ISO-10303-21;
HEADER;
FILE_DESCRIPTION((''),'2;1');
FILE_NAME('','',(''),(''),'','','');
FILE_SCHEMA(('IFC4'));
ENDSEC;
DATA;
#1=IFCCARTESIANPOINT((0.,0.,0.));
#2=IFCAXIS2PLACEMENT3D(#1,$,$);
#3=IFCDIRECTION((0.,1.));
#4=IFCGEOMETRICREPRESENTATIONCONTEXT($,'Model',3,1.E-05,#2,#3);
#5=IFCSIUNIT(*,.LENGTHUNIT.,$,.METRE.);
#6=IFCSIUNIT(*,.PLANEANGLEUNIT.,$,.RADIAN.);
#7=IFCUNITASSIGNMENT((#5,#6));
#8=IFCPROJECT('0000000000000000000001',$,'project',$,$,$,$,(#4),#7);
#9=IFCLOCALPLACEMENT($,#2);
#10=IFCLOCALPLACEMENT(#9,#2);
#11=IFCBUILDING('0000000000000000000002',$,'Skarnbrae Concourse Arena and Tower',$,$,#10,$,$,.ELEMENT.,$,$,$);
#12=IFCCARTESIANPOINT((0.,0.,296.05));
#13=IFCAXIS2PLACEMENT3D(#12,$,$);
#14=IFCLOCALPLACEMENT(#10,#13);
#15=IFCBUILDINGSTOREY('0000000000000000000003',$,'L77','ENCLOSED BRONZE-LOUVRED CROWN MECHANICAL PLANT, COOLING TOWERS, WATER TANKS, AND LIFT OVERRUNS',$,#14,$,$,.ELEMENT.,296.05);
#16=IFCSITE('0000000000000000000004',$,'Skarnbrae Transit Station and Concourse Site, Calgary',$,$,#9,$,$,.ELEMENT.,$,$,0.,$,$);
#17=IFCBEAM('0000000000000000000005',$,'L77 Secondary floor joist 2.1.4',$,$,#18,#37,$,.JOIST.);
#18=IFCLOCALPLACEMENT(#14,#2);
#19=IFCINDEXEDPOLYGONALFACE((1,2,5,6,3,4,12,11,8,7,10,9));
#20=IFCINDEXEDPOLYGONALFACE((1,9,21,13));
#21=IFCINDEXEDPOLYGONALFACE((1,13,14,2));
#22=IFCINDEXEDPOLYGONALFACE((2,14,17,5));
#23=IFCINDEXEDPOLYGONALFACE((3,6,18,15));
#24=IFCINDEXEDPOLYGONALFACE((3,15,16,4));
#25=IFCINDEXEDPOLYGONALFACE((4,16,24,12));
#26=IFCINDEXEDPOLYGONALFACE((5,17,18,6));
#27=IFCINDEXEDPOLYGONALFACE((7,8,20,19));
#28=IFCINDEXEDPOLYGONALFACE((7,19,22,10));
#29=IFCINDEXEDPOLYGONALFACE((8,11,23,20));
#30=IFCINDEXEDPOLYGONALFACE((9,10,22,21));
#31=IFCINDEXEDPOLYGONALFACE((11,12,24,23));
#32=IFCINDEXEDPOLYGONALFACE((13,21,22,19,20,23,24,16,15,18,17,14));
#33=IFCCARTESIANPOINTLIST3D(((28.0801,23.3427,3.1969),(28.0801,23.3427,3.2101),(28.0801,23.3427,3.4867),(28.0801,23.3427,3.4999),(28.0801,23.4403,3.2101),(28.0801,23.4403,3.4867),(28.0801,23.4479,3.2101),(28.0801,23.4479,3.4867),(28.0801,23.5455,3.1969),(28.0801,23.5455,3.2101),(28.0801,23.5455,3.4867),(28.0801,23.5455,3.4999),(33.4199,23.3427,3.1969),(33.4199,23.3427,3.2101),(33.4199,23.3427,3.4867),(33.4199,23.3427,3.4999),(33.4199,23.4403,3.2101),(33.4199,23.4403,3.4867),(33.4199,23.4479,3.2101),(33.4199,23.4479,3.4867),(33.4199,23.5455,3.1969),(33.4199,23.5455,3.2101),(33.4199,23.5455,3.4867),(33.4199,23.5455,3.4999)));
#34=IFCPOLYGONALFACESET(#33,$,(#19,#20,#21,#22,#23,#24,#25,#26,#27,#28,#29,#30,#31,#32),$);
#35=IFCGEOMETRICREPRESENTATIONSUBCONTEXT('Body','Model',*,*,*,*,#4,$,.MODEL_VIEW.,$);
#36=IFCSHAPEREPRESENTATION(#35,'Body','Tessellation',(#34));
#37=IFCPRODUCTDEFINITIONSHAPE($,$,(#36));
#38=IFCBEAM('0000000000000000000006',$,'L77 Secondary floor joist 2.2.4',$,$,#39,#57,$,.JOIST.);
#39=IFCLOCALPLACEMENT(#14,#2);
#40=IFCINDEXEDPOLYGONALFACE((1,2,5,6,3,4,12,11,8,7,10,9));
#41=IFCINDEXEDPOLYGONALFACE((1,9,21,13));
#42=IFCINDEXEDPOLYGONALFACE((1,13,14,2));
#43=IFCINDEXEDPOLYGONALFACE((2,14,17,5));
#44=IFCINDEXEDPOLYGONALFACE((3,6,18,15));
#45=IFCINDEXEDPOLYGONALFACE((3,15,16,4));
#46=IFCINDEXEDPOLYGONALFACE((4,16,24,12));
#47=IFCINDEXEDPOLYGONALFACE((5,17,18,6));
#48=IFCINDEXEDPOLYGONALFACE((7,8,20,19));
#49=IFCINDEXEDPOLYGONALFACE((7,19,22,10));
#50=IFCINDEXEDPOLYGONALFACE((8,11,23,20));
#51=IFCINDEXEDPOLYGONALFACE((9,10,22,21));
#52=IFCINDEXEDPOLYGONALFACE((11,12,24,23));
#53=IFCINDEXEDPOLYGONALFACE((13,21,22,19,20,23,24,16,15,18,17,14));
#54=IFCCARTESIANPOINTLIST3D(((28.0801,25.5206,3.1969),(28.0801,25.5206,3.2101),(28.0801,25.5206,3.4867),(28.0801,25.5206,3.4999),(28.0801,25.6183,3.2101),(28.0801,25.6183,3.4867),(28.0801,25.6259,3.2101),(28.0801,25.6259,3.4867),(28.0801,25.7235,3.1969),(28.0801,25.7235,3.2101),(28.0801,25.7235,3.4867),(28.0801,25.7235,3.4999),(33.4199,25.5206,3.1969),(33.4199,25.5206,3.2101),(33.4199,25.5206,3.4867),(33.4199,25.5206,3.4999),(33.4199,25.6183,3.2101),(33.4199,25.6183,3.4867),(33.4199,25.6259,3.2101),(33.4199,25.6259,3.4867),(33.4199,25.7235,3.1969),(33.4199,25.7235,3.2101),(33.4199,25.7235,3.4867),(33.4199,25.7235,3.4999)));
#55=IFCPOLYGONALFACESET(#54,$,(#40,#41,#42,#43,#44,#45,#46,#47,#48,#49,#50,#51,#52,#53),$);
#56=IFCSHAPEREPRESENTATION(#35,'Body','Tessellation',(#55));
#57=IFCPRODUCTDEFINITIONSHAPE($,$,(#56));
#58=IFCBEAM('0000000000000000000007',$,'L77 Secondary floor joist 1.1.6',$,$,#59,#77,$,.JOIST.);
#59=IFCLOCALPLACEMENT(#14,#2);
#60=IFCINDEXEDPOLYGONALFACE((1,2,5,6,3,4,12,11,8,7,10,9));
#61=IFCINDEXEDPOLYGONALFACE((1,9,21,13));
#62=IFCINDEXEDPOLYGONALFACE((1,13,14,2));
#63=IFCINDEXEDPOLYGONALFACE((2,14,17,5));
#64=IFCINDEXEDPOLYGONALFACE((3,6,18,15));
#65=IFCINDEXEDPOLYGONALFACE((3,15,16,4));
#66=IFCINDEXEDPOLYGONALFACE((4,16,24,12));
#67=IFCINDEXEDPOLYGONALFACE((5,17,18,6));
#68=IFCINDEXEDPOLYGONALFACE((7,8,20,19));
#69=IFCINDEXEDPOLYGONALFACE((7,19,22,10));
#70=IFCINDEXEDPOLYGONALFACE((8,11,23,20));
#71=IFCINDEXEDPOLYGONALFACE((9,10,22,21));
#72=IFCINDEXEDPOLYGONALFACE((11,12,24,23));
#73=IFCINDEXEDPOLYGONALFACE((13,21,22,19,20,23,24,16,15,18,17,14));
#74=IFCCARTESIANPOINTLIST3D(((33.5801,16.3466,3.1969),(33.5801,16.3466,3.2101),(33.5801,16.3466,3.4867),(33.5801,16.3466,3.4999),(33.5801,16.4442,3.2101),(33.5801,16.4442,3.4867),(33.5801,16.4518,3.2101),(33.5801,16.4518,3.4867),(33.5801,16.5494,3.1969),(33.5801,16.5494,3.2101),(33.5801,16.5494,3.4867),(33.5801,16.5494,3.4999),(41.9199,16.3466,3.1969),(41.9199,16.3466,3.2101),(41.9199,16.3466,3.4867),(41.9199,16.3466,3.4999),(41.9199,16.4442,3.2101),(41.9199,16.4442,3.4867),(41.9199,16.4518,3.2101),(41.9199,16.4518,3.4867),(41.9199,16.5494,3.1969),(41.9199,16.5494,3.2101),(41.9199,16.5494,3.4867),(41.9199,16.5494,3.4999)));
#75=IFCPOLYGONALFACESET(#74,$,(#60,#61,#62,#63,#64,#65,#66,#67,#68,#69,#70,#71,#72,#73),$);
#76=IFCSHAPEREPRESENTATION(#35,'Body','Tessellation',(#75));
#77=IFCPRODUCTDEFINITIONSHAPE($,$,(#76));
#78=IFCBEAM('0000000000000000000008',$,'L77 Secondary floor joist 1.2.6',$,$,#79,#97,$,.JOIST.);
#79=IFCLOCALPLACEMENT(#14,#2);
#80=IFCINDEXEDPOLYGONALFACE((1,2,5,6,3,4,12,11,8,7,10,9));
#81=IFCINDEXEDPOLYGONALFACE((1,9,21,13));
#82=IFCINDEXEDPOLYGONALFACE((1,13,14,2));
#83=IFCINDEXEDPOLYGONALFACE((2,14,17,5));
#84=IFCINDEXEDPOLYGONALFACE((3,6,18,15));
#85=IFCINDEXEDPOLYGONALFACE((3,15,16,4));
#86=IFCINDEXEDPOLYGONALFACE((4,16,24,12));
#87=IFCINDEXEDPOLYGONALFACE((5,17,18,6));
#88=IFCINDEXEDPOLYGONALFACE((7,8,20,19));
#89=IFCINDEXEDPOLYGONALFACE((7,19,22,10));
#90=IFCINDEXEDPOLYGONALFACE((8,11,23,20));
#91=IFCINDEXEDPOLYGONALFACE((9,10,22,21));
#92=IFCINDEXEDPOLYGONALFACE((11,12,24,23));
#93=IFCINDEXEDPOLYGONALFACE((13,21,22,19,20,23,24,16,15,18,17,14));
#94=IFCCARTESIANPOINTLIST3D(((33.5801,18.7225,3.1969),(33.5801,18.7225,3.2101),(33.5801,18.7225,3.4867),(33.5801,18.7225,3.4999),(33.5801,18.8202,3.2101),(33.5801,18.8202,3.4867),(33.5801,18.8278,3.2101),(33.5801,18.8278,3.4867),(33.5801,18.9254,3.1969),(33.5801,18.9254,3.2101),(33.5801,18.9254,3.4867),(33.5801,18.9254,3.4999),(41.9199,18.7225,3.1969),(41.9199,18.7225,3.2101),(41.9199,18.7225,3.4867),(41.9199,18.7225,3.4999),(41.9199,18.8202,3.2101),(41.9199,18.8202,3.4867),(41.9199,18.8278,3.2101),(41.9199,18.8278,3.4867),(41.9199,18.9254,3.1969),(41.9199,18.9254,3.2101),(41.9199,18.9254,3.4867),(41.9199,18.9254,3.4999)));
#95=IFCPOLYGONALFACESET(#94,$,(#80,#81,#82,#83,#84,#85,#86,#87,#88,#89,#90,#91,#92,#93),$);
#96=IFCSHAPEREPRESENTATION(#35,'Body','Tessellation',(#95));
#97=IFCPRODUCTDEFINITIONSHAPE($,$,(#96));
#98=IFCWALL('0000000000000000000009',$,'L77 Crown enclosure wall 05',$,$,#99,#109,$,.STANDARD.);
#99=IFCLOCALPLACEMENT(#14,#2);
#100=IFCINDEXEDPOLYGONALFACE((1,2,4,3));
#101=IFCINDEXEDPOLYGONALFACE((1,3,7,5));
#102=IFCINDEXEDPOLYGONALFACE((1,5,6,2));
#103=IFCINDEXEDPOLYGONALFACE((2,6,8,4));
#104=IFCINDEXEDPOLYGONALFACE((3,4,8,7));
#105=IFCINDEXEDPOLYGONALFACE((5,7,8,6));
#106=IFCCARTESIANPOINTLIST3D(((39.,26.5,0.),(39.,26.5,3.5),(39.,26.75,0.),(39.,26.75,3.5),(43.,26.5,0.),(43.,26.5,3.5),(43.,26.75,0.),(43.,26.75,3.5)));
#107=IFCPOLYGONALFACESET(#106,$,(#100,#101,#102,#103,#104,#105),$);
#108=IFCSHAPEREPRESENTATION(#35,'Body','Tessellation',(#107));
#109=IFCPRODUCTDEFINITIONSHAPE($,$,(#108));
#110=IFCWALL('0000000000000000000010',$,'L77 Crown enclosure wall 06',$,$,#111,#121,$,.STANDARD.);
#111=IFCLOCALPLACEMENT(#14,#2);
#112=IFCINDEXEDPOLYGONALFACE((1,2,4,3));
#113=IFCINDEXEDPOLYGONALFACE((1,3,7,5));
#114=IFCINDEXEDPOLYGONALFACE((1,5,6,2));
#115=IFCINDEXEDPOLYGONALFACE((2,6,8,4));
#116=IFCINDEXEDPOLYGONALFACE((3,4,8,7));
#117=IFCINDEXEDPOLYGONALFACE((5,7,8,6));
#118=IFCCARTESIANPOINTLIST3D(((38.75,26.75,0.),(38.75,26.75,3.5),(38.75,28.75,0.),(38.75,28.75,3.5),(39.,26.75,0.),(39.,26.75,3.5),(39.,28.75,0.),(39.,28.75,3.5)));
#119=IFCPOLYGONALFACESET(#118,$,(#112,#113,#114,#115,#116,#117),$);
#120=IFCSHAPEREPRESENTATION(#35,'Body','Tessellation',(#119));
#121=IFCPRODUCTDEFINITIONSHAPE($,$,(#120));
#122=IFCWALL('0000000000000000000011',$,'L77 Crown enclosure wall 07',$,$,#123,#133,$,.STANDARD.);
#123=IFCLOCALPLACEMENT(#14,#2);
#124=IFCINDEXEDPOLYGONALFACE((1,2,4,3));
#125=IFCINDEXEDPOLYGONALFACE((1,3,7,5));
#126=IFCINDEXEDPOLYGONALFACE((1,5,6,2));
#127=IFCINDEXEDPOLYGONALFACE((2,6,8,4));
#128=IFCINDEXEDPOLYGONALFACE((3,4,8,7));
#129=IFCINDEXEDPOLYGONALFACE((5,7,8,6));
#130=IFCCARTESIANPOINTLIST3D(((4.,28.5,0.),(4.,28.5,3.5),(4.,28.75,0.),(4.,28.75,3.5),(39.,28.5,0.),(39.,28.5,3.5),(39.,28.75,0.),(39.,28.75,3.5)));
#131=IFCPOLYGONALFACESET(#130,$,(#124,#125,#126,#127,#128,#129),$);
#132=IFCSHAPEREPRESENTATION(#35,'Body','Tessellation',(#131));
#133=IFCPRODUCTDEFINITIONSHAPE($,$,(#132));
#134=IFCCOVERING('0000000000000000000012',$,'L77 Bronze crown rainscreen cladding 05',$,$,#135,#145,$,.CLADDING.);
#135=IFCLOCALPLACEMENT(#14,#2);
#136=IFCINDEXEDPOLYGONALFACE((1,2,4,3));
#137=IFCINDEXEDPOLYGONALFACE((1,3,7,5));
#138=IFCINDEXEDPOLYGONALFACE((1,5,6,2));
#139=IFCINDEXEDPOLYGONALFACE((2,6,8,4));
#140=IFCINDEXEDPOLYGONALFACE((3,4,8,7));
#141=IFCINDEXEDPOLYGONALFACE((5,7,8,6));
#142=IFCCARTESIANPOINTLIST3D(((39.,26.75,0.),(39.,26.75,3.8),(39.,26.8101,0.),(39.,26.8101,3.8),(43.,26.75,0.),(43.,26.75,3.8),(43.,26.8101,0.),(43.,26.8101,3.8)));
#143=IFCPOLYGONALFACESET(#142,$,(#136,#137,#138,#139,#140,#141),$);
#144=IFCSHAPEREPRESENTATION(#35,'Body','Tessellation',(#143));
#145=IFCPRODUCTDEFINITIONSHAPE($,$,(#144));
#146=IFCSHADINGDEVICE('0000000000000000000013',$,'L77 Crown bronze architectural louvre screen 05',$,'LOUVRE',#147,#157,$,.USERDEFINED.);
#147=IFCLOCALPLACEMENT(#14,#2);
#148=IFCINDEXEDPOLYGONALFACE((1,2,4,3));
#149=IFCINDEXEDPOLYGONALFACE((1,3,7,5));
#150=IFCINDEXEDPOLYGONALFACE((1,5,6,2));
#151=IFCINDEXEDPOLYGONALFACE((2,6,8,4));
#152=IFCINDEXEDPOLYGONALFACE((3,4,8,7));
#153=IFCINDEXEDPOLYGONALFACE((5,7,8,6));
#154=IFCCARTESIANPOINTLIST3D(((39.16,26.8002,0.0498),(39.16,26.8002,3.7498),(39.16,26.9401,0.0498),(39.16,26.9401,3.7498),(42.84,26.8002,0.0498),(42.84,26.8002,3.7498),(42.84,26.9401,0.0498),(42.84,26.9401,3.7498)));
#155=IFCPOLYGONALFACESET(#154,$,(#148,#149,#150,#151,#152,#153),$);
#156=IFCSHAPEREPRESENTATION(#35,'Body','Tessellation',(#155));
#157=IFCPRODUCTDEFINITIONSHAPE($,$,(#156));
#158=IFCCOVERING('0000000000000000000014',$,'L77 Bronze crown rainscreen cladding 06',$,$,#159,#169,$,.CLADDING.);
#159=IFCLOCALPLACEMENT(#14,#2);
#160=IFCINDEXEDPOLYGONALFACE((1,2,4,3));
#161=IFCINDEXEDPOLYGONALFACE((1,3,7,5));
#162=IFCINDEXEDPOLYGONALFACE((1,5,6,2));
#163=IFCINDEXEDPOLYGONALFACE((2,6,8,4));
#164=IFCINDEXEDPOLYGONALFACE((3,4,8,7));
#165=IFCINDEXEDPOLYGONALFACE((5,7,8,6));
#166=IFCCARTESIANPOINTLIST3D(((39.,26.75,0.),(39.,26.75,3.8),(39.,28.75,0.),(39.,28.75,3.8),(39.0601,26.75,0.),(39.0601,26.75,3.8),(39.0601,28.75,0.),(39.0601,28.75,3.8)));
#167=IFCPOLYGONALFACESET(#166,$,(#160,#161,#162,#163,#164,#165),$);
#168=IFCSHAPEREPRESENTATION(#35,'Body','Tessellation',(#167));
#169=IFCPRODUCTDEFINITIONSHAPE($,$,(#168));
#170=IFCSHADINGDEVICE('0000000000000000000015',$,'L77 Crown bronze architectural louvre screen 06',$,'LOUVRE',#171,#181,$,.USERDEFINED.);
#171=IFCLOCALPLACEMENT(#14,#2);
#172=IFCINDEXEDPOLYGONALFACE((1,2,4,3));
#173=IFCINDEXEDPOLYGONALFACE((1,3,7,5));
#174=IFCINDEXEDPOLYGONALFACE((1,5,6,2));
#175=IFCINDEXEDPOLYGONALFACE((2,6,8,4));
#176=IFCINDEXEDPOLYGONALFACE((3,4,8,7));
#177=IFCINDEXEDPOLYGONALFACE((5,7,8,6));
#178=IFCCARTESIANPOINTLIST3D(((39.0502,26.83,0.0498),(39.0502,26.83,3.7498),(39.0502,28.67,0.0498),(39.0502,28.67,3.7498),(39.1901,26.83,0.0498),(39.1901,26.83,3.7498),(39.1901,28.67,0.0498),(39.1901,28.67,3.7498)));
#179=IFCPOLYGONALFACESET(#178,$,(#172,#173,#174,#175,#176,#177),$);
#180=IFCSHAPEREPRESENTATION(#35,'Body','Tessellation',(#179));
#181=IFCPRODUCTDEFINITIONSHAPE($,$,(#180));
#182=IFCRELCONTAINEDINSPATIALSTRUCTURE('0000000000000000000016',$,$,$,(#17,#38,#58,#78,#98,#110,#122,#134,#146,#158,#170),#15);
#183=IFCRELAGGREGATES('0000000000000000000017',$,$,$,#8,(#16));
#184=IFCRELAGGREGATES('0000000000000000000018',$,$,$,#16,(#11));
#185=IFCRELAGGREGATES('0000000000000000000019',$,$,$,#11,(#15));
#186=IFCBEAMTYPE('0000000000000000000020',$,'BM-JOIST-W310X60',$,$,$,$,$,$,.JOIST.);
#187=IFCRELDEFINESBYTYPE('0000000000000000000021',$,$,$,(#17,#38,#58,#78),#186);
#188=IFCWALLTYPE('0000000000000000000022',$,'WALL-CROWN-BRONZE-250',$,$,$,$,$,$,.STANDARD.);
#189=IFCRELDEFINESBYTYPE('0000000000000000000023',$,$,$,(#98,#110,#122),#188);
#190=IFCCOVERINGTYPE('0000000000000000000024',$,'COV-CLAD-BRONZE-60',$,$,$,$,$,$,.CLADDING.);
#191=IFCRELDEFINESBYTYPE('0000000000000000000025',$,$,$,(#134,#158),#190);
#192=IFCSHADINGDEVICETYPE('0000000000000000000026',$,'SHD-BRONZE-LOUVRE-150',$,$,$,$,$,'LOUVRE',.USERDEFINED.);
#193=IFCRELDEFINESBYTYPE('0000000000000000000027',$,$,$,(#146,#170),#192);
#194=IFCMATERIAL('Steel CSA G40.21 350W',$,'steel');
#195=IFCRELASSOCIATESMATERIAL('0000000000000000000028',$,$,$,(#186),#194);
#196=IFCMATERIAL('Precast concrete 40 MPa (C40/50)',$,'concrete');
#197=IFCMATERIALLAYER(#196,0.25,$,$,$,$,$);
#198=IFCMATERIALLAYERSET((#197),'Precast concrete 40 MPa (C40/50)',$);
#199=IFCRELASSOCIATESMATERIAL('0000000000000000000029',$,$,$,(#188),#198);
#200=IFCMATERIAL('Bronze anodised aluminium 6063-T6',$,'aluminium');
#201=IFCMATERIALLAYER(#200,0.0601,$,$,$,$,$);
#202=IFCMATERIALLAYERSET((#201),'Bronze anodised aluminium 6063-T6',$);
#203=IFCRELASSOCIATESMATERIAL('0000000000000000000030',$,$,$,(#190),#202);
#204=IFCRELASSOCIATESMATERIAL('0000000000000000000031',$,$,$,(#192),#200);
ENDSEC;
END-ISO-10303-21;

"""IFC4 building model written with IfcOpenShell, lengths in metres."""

from ifc_helpers import new_model, si_unit, direction, frame, frame_2d, origin, origin_2d, place, context, subcontext, project, spatial, rectangle, i_section, extrude, source, transform, mapped, material, layer, layer_set, material_profile, profile_set, type_object, element, save


model = new_model("IFC4")

# Units and contexts
model_context = context("Model", 3, precision=1e-05, world=origin(), true_north=direction((0.0, 1.0)))
body_context = subcontext(model_context, "Body", "Model", "MODEL_VIEW")
ifc_project = project(units=[si_unit("LENGTHUNIT", "METRE"), si_unit("PLANEANGLEUNIT", "RADIAN")], contexts=[model_context])

# Site, building, storey
site_placement = place(None, origin())
site = spatial("IfcSite", under=ifc_project, at=site_placement, Name="Skarnbrae Transit Station and Concourse Site, Calgary", CompositionType="ELEMENT", RefElevation=0.0)
building_placement = place(site_placement, origin())
building = spatial("IfcBuilding", under=site, at=building_placement, Name="Skarnbrae Concourse Arena and Tower", CompositionType="ELEMENT")
storey_placement = place(building_placement, frame((0.0, 0.0, 296.05)))
storey = spatial("IfcBuildingStorey", under=building, at=storey_placement, Name="L77", Description="ENCLOSED BRONZE-LOUVRED CROWN MECHANICAL PLANT, COOLING TOWERS, WATER TANKS, AND LIFT OVERRUNS", CompositionType="ELEMENT", Elevation=296.05)

# Shared definitions
ifc_material_1 = material(Name="Steel CSA G40.21 350W", Category="steel")

# Beams
ifc_material_profile_1 = material_profile(ifc_material_1, i_section(OverallWidth=0.2029, OverallDepth=0.303, WebThickness=0.0076, FlangeThickness=0.0132, at=origin_2d()), Name="W310X60")
ifc_profile_set_1 = profile_set([ifc_material_profile_1], Name="Steel CSA G40.21 350W")
beam_type_1 = type_object("IfcBeamType", Name="BM-JOIST-W310X60", PredefinedType="JOIST", material=ifc_profile_set_1)
shared_shape_1 = source(origin(), body_context, "Body", "SweptSolid", [
    extrude(i_section(OverallWidth=0.2029, OverallDepth=0.303, WebThickness=0.0076, FlangeThickness=0.0132, at=origin_2d()), origin(), (0.0, 0.0, 1.0), 5.3398),
])
for number, where, z_axis, x_axis, name in (
    (1, (28.0801, 23.4441, 3.3484), (1.0, 0.0, 0.0), (0.0, 1.0, 0.0), "L77 Secondary floor joist 2.1.4"),
    (2, (28.0801, 25.6221, 3.3484), (1.0, 0.0, 0.0), (0.0, 1.0, 0.0), "L77 Secondary floor joist 2.2.4"),
):
    element("IfcBeam", number, at=place(storey_placement, frame(where, z_axis=z_axis, x_axis=x_axis)), inside=storey, type_object=beam_type_1, Name=name, PredefinedType="JOIST", context=body_context, shape_type="MappedRepresentation", body=[
        mapped(shared_shape_1, transform((0.0, 0.0, 0.0))),
    ])
shared_shape_2 = source(origin(), body_context, "Body", "SweptSolid", [
    extrude(i_section(OverallWidth=0.2029, OverallDepth=0.303, WebThickness=0.0076, FlangeThickness=0.0132, at=origin_2d()), origin(), (0.0, 0.0, 1.0), 8.3398),
])
for number, where, z_axis, x_axis, name in (
    (3, (33.5801, 16.448, 3.3484), (1.0, 0.0, 0.0), (0.0, 1.0, 0.0), "L77 Secondary floor joist 1.1.6"),
    (4, (33.5801, 18.824, 3.3484), (1.0, 0.0, 0.0), (0.0, 1.0, 0.0), "L77 Secondary floor joist 1.2.6"),
):
    element("IfcBeam", number, at=place(storey_placement, frame(where, z_axis=z_axis, x_axis=x_axis)), inside=storey, type_object=beam_type_1, Name=name, PredefinedType="JOIST", context=body_context, shape_type="MappedRepresentation", body=[
        mapped(shared_shape_2, transform((0.0, 0.0, 0.0))),
    ])

# Walls
ifc_material_2 = material(Name="Precast concrete 40 MPa (C40/50)", Category="concrete")
ifc_layer_1 = layer(ifc_material_2, 0.25)
ifc_layer_set_1 = layer_set([ifc_layer_1], Name="Precast concrete 40 MPa (C40/50)")
wall_type = type_object("IfcWallType", Name="WALL-CROWN-BRONZE-250", PredefinedType="STANDARD", material=ifc_layer_set_1)
shared_shape_3 = source(origin(), body_context, "Body", "SweptSolid", [
    extrude(rectangle(XDim=4.0, YDim=0.25, at=frame_2d((2.0, 0.0))), origin(), (0.0, 0.0, 1.0), 3.5),
])
wall_1_placement = place(storey_placement, frame((43.0, 26.625, 0.0), z_axis=(0.0, 0.0, 1.0), x_axis=(-1.0, 0.0, 0.0)))
element("IfcWall", 5, at=wall_1_placement, inside=storey, type_object=wall_type, Name="L77 Crown enclosure wall 05", PredefinedType="STANDARD", context=body_context, shape_type="MappedRepresentation", body=[
    mapped(shared_shape_3, transform((0.0, 0.0, 0.0))),
])
shared_shape_4 = source(origin(), body_context, "Body", "SweptSolid", [
    extrude(rectangle(XDim=2.0, YDim=0.25, at=frame_2d((1.0, 0.0))), origin(), (0.0, 0.0, 1.0), 3.5),
])
wall_2_placement = place(storey_placement, frame((38.875, 26.75, 0.0), z_axis=(0.0, 0.0, 1.0), x_axis=(0.0, 1.0, 0.0)))
element("IfcWall", 6, at=wall_2_placement, inside=storey, type_object=wall_type, Name="L77 Crown enclosure wall 06", PredefinedType="STANDARD", context=body_context, shape_type="MappedRepresentation", body=[
    mapped(shared_shape_4, transform((0.0, 0.0, 0.0))),
])
shared_shape_5 = source(origin(), body_context, "Body", "SweptSolid", [
    extrude(rectangle(XDim=35.0, YDim=0.25, at=frame_2d((17.5, 0.0))), origin(), (0.0, 0.0, 1.0), 3.5),
])
wall_3_placement = place(storey_placement, frame((39.0, 28.625, 0.0), z_axis=(0.0, 0.0, 1.0), x_axis=(-1.0, 0.0, 0.0)))
element("IfcWall", 7, at=wall_3_placement, inside=storey, type_object=wall_type, Name="L77 Crown enclosure wall 07", PredefinedType="STANDARD", context=body_context, shape_type="MappedRepresentation", body=[
    mapped(shared_shape_5, transform((0.0, 0.0, 0.0))),
])

# Covering
ifc_material_3 = material(Name="Bronze anodised aluminium 6063-T6", Category="aluminium")
ifc_layer_2 = layer(ifc_material_3, 0.0601)
ifc_layer_set_2 = layer_set([ifc_layer_2], Name="Bronze anodised aluminium 6063-T6")
covering_type = type_object("IfcCoveringType", Name="COV-CLAD-BRONZE-60", PredefinedType="CLADDING", material=ifc_layer_set_2)
shared_shape_6 = source(origin(), body_context, "Body", "SweptSolid", [
    extrude(rectangle(XDim=4.0, YDim=0.0601, at=origin_2d()), origin(), (0.0, 0.0, 1.0), 3.8),
])
covering_1_placement = place(storey_placement, frame((41.0, 26.78, 0.0), z_axis=(0.0, 0.0, 1.0), x_axis=(-1.0, 0.0, 0.0)))
element("IfcCovering", 8, at=covering_1_placement, inside=storey, type_object=covering_type, Name="L77 Bronze crown rainscreen cladding 05", PredefinedType="CLADDING", context=body_context, shape_type="MappedRepresentation", body=[
    mapped(shared_shape_6, transform((0.0, 0.0, 0.0))),
])

# Shading device
shading_device_type = type_object("IfcShadingDeviceType", Name="SHD-BRONZE-LOUVRE-150", ElementType="LOUVRE", PredefinedType="USERDEFINED", material=ifc_material_3)
shared_shape_7 = source(origin(), body_context, "Body", "SweptSolid", [
    extrude(rectangle(XDim=3.6799, YDim=0.1399, at=origin_2d()), origin(), (0.0, 0.0, 1.0), 3.7),
])
shading_device_1_placement = place(storey_placement, frame((41.0, 26.8701, 0.0498), z_axis=(0.0, 0.0, 1.0), x_axis=(-1.0, 0.0, 0.0)))
element("IfcShadingDevice", 9, at=shading_device_1_placement, inside=storey, type_object=shading_device_type, Name="L77 Crown bronze architectural louvre screen 05", ObjectType="LOUVRE", PredefinedType="USERDEFINED", context=body_context, shape_type="MappedRepresentation", body=[
    mapped(shared_shape_7, transform((0.0, 0.0, 0.0))),
])

# Covering
shared_shape_8 = source(origin(), body_context, "Body", "SweptSolid", [
    extrude(rectangle(XDim=2.0, YDim=0.0601, at=origin_2d()), origin(), (0.0, 0.0, 1.0), 3.8),
])
covering_2_placement = place(storey_placement, frame((39.03, 27.75, 0.0), z_axis=(0.0, 0.0, 1.0), x_axis=(0.0, 1.0, 0.0)))
element("IfcCovering", 10, at=covering_2_placement, inside=storey, type_object=covering_type, Name="L77 Bronze crown rainscreen cladding 06", PredefinedType="CLADDING", context=body_context, shape_type="MappedRepresentation", body=[
    mapped(shared_shape_8, transform((0.0, 0.0, 0.0))),
])

# Shading device
shared_shape_9 = source(origin(), body_context, "Body", "SweptSolid", [
    extrude(rectangle(XDim=1.8401, YDim=0.1399, at=origin_2d()), origin(), (0.0, 0.0, 1.0), 3.7),
])
shading_device_2_placement = place(storey_placement, frame((39.1201, 27.75, 0.0498), z_axis=(0.0, 0.0, 1.0), x_axis=(0.0, 1.0, 0.0)))
element("IfcShadingDevice", 11, at=shading_device_2_placement, inside=storey, type_object=shading_device_type, Name="L77 Crown bronze architectural louvre screen 06", ObjectType="LOUVRE", PredefinedType="USERDEFINED", context=body_context, shape_type="MappedRepresentation", body=[
    mapped(shared_shape_9, transform((0.0, 0.0, 0.0))),
])

save(model, "model.ifc")
